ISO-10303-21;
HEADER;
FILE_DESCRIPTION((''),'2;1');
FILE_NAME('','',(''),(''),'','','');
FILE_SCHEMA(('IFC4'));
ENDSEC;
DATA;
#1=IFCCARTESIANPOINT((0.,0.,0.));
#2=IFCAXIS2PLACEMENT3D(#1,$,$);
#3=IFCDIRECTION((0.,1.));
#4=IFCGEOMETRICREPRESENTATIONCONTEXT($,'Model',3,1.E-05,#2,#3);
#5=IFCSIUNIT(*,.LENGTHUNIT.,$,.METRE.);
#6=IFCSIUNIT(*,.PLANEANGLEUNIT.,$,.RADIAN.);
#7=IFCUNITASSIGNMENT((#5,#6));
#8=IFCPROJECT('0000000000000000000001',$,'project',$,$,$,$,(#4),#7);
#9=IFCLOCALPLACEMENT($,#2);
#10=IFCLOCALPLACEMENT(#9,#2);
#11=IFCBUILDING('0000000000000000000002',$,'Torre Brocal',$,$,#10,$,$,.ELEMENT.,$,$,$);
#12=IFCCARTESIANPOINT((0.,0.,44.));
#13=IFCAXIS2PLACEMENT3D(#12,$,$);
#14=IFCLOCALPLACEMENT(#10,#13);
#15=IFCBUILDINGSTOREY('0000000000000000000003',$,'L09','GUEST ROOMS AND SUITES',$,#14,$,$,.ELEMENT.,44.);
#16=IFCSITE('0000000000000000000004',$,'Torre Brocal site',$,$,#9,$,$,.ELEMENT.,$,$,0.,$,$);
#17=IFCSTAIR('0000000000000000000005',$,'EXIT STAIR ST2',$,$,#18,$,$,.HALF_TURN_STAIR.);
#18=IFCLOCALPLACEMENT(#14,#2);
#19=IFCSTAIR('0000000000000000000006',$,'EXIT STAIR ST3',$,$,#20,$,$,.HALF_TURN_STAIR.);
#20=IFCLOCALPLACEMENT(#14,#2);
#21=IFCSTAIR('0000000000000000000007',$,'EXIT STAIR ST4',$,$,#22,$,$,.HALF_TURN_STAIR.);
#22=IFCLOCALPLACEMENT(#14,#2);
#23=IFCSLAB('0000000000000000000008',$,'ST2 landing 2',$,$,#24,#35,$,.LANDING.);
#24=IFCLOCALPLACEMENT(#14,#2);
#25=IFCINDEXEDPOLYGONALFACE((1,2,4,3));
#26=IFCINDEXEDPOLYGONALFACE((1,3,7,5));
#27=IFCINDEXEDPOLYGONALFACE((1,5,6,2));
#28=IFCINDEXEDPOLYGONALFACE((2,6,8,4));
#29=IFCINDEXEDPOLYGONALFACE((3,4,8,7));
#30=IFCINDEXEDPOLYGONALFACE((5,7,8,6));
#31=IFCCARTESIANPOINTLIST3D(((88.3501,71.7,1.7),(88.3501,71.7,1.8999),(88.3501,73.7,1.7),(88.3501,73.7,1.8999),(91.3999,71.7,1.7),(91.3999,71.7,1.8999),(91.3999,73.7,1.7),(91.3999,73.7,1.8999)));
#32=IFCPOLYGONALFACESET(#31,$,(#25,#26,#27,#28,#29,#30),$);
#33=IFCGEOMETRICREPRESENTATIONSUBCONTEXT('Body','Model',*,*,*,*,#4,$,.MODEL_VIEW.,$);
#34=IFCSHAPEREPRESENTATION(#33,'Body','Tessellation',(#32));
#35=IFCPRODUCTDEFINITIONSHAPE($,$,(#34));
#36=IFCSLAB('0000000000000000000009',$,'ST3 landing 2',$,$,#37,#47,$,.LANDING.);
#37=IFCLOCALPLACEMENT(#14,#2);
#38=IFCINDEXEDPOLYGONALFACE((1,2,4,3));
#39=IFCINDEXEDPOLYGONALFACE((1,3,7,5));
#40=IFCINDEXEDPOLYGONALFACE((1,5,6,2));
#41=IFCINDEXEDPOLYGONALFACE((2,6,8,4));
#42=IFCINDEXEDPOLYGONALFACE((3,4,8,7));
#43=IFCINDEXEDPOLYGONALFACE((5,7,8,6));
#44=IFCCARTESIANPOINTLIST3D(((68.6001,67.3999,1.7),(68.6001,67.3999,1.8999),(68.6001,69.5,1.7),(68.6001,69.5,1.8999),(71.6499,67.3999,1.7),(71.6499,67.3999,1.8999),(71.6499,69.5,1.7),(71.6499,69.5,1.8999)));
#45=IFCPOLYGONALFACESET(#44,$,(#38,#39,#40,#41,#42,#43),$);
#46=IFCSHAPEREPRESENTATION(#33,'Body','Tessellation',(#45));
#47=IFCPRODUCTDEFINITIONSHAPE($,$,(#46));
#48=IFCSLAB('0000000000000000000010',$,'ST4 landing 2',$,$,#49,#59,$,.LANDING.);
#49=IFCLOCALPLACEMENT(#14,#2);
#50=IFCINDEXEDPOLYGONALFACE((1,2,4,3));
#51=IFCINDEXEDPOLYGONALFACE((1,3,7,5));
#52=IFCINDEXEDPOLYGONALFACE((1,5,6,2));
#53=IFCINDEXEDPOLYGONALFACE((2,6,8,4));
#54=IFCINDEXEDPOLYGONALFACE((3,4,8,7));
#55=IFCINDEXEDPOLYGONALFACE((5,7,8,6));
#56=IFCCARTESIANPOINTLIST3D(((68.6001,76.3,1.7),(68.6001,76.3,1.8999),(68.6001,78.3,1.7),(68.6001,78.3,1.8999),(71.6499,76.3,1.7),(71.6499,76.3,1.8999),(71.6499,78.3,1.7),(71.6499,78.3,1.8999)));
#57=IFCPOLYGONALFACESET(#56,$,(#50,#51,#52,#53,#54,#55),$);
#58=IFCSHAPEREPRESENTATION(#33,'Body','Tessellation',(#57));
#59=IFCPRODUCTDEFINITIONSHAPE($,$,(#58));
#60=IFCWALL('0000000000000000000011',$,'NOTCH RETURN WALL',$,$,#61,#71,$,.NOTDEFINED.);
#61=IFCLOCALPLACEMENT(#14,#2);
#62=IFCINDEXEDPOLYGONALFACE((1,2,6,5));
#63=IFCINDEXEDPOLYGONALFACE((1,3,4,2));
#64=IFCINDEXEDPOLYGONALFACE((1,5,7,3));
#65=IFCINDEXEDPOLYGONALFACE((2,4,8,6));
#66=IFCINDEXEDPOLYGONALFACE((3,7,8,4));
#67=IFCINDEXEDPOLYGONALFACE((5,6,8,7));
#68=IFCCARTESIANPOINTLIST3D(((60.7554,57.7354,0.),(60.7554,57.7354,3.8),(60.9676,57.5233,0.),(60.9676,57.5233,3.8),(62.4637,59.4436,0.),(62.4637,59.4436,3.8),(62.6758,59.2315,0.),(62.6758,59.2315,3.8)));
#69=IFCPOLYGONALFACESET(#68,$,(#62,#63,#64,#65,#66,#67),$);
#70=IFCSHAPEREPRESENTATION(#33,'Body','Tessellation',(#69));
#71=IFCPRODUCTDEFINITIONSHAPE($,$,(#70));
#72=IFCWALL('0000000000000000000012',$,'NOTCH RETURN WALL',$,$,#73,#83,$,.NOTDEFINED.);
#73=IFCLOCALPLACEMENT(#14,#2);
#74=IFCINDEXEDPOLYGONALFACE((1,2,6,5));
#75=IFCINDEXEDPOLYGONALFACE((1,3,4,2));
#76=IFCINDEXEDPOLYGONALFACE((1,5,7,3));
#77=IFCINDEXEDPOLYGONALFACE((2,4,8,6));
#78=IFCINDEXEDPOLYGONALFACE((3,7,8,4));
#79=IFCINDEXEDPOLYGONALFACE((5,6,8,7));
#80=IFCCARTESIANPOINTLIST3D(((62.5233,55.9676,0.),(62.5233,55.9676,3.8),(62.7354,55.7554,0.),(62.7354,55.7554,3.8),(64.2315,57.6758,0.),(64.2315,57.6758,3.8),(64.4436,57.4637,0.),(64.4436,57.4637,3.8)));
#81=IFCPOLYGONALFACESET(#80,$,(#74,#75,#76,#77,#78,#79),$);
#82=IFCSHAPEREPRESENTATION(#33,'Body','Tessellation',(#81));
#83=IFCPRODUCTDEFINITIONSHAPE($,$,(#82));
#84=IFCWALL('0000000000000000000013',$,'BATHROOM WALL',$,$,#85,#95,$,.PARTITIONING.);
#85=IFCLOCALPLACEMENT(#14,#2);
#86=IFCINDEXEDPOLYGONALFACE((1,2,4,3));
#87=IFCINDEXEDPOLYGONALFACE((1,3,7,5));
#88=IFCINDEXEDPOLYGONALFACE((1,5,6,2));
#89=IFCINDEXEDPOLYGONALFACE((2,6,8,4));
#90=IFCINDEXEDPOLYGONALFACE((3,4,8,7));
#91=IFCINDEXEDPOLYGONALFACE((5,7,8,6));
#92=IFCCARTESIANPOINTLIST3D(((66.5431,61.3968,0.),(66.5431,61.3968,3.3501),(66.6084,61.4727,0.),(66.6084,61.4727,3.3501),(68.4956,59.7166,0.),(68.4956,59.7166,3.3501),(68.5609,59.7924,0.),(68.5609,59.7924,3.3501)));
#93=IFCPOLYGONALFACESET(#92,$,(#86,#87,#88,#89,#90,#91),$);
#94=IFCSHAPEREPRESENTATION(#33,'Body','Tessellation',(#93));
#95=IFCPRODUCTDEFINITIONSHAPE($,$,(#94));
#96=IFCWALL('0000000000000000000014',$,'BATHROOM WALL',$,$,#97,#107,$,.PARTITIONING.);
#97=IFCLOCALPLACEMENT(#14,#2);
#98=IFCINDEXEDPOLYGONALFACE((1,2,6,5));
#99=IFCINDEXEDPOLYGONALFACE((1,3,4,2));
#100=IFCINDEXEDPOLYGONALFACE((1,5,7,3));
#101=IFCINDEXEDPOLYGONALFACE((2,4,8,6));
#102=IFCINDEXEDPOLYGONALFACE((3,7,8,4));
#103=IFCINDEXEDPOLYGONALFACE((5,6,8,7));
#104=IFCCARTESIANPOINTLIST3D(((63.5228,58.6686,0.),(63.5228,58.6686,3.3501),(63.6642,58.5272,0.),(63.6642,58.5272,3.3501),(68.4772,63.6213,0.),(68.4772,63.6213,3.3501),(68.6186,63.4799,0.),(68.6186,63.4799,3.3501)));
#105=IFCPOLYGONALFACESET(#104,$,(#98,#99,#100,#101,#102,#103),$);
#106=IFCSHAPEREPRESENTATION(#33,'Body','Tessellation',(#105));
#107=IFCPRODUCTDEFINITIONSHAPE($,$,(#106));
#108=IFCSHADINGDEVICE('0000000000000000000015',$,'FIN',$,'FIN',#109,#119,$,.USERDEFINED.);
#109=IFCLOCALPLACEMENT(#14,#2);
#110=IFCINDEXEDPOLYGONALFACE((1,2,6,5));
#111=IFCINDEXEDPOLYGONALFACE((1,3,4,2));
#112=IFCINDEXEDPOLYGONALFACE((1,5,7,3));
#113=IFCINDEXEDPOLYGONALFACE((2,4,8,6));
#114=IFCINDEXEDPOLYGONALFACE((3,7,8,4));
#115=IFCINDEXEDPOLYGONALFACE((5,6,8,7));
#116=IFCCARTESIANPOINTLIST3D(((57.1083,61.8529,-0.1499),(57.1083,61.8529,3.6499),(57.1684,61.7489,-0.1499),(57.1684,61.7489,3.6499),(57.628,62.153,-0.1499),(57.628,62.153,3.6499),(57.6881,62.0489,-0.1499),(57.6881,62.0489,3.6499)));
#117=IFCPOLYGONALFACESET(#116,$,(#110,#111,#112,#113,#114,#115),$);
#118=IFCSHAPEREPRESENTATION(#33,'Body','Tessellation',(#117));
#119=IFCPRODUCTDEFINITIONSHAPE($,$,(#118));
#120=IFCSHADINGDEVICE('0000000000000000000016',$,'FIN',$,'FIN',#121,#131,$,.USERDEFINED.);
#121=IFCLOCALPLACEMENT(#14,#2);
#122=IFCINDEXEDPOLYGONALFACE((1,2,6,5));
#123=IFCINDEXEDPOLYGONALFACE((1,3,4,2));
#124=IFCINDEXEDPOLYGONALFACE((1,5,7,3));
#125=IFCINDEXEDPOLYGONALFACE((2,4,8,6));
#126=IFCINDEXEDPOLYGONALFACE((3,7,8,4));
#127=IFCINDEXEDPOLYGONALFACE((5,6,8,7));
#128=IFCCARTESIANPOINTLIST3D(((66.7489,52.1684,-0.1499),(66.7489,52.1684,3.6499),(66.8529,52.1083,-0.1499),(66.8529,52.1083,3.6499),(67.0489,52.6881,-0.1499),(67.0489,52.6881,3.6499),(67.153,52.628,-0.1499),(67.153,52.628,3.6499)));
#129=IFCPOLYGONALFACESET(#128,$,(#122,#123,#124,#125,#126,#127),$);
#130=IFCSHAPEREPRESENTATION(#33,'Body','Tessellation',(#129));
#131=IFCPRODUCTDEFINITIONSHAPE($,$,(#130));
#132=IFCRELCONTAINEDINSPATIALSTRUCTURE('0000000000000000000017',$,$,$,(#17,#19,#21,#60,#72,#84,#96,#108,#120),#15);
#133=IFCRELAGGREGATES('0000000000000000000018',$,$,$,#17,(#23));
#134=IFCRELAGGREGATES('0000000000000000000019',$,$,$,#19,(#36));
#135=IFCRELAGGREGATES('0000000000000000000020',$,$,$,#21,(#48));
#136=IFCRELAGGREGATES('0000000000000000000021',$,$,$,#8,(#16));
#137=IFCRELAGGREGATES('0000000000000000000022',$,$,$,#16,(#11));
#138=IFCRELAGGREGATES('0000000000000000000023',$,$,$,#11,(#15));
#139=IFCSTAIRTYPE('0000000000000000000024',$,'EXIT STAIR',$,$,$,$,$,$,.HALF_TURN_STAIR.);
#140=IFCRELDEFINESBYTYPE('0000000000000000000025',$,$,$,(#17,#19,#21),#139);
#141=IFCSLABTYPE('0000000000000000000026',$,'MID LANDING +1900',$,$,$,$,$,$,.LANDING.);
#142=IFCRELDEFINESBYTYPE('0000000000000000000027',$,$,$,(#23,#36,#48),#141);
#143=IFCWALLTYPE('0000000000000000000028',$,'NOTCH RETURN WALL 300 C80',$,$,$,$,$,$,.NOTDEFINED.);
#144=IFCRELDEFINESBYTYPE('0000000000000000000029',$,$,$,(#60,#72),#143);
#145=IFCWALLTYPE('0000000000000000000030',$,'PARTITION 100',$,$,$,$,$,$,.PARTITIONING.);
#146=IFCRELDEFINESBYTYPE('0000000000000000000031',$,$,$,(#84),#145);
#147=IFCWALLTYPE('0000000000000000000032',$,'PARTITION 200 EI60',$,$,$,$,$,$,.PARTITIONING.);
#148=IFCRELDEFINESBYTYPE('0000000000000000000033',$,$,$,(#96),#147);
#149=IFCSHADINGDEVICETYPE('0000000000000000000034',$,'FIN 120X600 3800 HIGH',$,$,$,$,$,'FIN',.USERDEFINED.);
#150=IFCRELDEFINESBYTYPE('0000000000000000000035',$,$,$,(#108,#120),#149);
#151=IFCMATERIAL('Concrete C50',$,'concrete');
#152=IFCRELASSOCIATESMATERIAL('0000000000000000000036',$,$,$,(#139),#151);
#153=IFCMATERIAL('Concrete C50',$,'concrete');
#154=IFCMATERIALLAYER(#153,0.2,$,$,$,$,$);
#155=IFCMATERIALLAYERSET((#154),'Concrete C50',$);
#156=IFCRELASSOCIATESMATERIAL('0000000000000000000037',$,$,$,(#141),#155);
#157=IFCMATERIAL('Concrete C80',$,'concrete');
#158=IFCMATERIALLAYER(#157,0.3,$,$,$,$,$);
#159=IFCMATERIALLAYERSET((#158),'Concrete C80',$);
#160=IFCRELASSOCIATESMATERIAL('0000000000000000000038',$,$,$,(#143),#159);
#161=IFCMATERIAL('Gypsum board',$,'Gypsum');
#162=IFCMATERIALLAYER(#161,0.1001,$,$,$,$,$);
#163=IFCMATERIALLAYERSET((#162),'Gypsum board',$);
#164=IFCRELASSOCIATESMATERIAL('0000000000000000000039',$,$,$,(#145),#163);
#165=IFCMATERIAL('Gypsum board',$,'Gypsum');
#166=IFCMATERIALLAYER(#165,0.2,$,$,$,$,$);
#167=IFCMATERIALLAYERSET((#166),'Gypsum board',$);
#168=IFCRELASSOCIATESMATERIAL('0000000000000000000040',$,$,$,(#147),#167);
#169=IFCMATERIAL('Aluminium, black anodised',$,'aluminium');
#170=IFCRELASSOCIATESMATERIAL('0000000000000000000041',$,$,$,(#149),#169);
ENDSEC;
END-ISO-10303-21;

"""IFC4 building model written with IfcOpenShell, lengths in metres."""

from ifc_helpers import new_model, si_unit, direction, frame, frame_2d, origin, origin_2d, place, context, subcontext, project, spatial, polyline, rectangle, outline, extrude, material, layer, layer_set, material_profile, profile_set, type_object, element, aggregate, save


model = new_model("IFC4")

# Units and contexts
model_context = context("Model", 3, precision=1e-05, world=origin(), true_north=direction((0.0, 1.0)))
body_context = subcontext(model_context, "Body", "Model", "MODEL_VIEW")
ifc_project = project(units=[si_unit("LENGTHUNIT", "METRE"), si_unit("PLANEANGLEUNIT", "RADIAN")], contexts=[model_context])

# Site, building, storey
site_placement = place(None, origin())
site = spatial("IfcSite", under=ifc_project, at=site_placement, Name="Torre Brocal site", CompositionType="ELEMENT", RefElevation=0.0)
building_placement = place(site_placement, origin())
building = spatial("IfcBuilding", under=site, at=building_placement, Name="Torre Brocal", CompositionType="ELEMENT")
storey_placement = place(building_placement, frame((0.0, 0.0, 44.0)))
storey = spatial("IfcBuildingStorey", under=building, at=storey_placement, Name="L09", Description="GUEST ROOMS AND SUITES", CompositionType="ELEMENT", Elevation=44.0)

# Stairs
ifc_material_1 = material(Name="Concrete C50", Category="concrete")
stair_type = type_object("IfcStairType", Name="EXIT STAIR", PredefinedType="HALF_TURN_STAIR", material=ifc_material_1)
stair_1_placement = place(storey_placement, origin())
stair_1 = element("IfcStair", 1, at=stair_1_placement, inside=storey, type_object=stair_type, Name="EXIT STAIR ST2", PredefinedType="HALF_TURN_STAIR")
stair_2_placement = place(storey_placement, origin())
stair_2 = element("IfcStair", 2, at=stair_2_placement, inside=storey, type_object=stair_type, Name="EXIT STAIR ST3", PredefinedType="HALF_TURN_STAIR")
stair_3_placement = place(storey_placement, origin())
stair_3 = element("IfcStair", 3, at=stair_3_placement, inside=storey, type_object=stair_type, Name="EXIT STAIR ST4", PredefinedType="HALF_TURN_STAIR")

# Slabs
ifc_material_2 = material(Name="Concrete C50", Category="concrete")
ifc_layer_1 = layer(ifc_material_2, 0.2)
ifc_layer_set_1 = layer_set([ifc_layer_1], Name="Concrete C50")
slab_type_1 = type_object("IfcSlabType", Name="MID LANDING +1900", PredefinedType="LANDING", material=ifc_layer_set_1)
slab_1_placement = place(storey_placement, frame((0.0, 0.0, 1.7)))
slab_1 = element("IfcSlab", 4, at=slab_1_placement, type_object=slab_type_1, Name="ST2 landing 2", PredefinedType="LANDING", context=body_context, shape_type="SweptSolid", body=[
    extrude(outline(polyline([(88.3501, 71.7), (91.3999, 71.7), (91.3999, 73.7), (88.3501, 73.7), (88.3501, 71.7)])), origin(), (0.0, 0.0, 1.0), 0.2),
])
aggregate(stair_1, [slab_1])
slab_2_placement = place(storey_placement, frame((0.0, 0.0, 1.7)))
slab_2 = element("IfcSlab", 5, at=slab_2_placement, type_object=slab_type_1, Name="ST3 landing 2", PredefinedType="LANDING", context=body_context, shape_type="SweptSolid", body=[
    extrude(outline(polyline([(71.6499, 69.5), (68.6001, 69.5), (68.6001, 67.3999), (71.6499, 67.3999), (71.6499, 69.5)])), origin(), (0.0, 0.0, 1.0), 0.2),
])
aggregate(stair_2, [slab_2])
slab_3_placement = place(storey_placement, frame((0.0, 0.0, 1.7)))
slab_3 = element("IfcSlab", 6, at=slab_3_placement, type_object=slab_type_1, Name="ST4 landing 2", PredefinedType="LANDING", context=body_context, shape_type="SweptSolid", body=[
    extrude(outline(polyline([(71.6499, 78.3), (68.6001, 78.3), (68.6001, 76.3), (71.6499, 76.3), (71.6499, 78.3)])), origin(), (0.0, 0.0, 1.0), 0.2),
])
aggregate(stair_3, [slab_3])

# Walls
ifc_material_3 = material(Name="Concrete C80", Category="concrete")
ifc_layer_2 = layer(ifc_material_3, 0.3)
ifc_layer_set_2 = layer_set([ifc_layer_2], Name="Concrete C80")
wall_type_1 = type_object("IfcWallType", Name="NOTCH RETURN WALL 300 C80", PredefinedType="NOTDEFINED", material=ifc_layer_set_2)
for number, where, z_axis, x_axis, name in (
    (7, (62.5698, 59.3376, 0.0), (0.0, 0.0, 1.0), (-0.707107, -0.707107, 0.0), "NOTCH RETURN WALL"),
    (8, (64.3376, 57.5698, 0.0), (0.0, 0.0, 1.0), (-0.707107, -0.707107, 0.0), "NOTCH RETURN WALL"),
):
    element("IfcWall", number, at=place(storey_placement, frame(where, z_axis=z_axis, x_axis=x_axis)), inside=storey, type_object=wall_type_1, Name=name, PredefinedType="NOTDEFINED", context=body_context, shape_type="SweptSolid", body=[
        extrude(rectangle(XDim=2.4158, YDim=0.3, at=frame_2d((1.208, 0.0))), origin(), (0.0, 0.0, 1.0), 3.8),
    ])
ifc_material_4 = material(Name="Gypsum board", Category="Gypsum")
ifc_layer_3 = layer(ifc_material_4, 0.1001)
ifc_layer_set_3 = layer_set([ifc_layer_3], Name="Gypsum board")
wall_type_2 = type_object("IfcWallType", Name="PARTITION 100", PredefinedType="PARTITIONING", material=ifc_layer_set_3)
wall_1_placement = place(storey_placement, frame((66.5757, 61.4348, 0.0), z_axis=(0.0, 0.0, 1.0), x_axis=(0.757971, -0.652289, 0.0)))
element("IfcWall", 9, at=wall_1_placement, inside=storey, type_object=wall_type_2, Name="BATHROOM WALL", PredefinedType="PARTITIONING", context=body_context, shape_type="SweptSolid", body=[
    extrude(rectangle(XDim=2.5759, YDim=0.1001, at=frame_2d((1.2881, 0.0))), origin(), (0.0, 0.0, 1.0), 3.3501),
])
ifc_material_5 = material(Name="Gypsum board", Category="Gypsum")
ifc_layer_4 = layer(ifc_material_5, 0.2)
ifc_layer_set_4 = layer_set([ifc_layer_4], Name="Gypsum board")
wall_type_3 = type_object("IfcWallType", Name="PARTITION 200 EI60", PredefinedType="PARTITIONING", material=ifc_layer_set_4)
wall_2_placement = place(storey_placement, frame((63.5935, 58.5979, 0.0), z_axis=(0.0, 0.0, 1.0), x_axis=(0.707229, 0.706985, 0.0)))
element("IfcWall", 10, at=wall_2_placement, inside=storey, type_object=wall_type_3, Name="BATHROOM WALL", PredefinedType="PARTITIONING", context=body_context, shape_type="SweptSolid", body=[
    extrude(rectangle(XDim=7.0054, YDim=0.2, at=frame_2d((3.5027, 0.0))), origin(), (0.0, 0.0, 1.0), 3.3501),
])

# Shading devices
ifc_material_6 = material(Name="Aluminium, black anodised", Category="aluminium")
ifc_material_profile_1 = material_profile(ifc_material_6, rectangle(XDim=0.1201, YDim=0.6001, at=origin_2d()), Name="FIN 120X600 3800 HIGH")
ifc_profile_set_1 = profile_set([ifc_material_profile_1], Name="Aluminium, black anodised")
shading_device_type = type_object("IfcShadingDeviceType", Name="FIN 120X600 3800 HIGH", ElementType="FIN", PredefinedType="USERDEFINED", material=ifc_profile_set_1)
for number, where, z_axis, x_axis, name in (
    (11, (57.3982, 61.9509, -0.1499), (0.0, 0.0, 1.0), (0.5, -0.866025, 0.0), "FIN"),
    (12, (66.9509, 52.3982, -0.1499), (0.0, 0.0, 1.0), (0.866025, -0.5, 0.0), "FIN"),
):
    element("IfcShadingDevice", number, at=place(storey_placement, frame(where, z_axis=z_axis, x_axis=x_axis)), inside=storey, type_object=shading_device_type, Name=name, ObjectType="FIN", PredefinedType="USERDEFINED", context=body_context, shape_type="SweptSolid", body=[
        extrude(rectangle(XDim=0.1201, YDim=0.6001, at=origin_2d()), origin(), (0.0, 0.0, 1.0), 3.7998),
    ])

save(model, "model.ifc")
